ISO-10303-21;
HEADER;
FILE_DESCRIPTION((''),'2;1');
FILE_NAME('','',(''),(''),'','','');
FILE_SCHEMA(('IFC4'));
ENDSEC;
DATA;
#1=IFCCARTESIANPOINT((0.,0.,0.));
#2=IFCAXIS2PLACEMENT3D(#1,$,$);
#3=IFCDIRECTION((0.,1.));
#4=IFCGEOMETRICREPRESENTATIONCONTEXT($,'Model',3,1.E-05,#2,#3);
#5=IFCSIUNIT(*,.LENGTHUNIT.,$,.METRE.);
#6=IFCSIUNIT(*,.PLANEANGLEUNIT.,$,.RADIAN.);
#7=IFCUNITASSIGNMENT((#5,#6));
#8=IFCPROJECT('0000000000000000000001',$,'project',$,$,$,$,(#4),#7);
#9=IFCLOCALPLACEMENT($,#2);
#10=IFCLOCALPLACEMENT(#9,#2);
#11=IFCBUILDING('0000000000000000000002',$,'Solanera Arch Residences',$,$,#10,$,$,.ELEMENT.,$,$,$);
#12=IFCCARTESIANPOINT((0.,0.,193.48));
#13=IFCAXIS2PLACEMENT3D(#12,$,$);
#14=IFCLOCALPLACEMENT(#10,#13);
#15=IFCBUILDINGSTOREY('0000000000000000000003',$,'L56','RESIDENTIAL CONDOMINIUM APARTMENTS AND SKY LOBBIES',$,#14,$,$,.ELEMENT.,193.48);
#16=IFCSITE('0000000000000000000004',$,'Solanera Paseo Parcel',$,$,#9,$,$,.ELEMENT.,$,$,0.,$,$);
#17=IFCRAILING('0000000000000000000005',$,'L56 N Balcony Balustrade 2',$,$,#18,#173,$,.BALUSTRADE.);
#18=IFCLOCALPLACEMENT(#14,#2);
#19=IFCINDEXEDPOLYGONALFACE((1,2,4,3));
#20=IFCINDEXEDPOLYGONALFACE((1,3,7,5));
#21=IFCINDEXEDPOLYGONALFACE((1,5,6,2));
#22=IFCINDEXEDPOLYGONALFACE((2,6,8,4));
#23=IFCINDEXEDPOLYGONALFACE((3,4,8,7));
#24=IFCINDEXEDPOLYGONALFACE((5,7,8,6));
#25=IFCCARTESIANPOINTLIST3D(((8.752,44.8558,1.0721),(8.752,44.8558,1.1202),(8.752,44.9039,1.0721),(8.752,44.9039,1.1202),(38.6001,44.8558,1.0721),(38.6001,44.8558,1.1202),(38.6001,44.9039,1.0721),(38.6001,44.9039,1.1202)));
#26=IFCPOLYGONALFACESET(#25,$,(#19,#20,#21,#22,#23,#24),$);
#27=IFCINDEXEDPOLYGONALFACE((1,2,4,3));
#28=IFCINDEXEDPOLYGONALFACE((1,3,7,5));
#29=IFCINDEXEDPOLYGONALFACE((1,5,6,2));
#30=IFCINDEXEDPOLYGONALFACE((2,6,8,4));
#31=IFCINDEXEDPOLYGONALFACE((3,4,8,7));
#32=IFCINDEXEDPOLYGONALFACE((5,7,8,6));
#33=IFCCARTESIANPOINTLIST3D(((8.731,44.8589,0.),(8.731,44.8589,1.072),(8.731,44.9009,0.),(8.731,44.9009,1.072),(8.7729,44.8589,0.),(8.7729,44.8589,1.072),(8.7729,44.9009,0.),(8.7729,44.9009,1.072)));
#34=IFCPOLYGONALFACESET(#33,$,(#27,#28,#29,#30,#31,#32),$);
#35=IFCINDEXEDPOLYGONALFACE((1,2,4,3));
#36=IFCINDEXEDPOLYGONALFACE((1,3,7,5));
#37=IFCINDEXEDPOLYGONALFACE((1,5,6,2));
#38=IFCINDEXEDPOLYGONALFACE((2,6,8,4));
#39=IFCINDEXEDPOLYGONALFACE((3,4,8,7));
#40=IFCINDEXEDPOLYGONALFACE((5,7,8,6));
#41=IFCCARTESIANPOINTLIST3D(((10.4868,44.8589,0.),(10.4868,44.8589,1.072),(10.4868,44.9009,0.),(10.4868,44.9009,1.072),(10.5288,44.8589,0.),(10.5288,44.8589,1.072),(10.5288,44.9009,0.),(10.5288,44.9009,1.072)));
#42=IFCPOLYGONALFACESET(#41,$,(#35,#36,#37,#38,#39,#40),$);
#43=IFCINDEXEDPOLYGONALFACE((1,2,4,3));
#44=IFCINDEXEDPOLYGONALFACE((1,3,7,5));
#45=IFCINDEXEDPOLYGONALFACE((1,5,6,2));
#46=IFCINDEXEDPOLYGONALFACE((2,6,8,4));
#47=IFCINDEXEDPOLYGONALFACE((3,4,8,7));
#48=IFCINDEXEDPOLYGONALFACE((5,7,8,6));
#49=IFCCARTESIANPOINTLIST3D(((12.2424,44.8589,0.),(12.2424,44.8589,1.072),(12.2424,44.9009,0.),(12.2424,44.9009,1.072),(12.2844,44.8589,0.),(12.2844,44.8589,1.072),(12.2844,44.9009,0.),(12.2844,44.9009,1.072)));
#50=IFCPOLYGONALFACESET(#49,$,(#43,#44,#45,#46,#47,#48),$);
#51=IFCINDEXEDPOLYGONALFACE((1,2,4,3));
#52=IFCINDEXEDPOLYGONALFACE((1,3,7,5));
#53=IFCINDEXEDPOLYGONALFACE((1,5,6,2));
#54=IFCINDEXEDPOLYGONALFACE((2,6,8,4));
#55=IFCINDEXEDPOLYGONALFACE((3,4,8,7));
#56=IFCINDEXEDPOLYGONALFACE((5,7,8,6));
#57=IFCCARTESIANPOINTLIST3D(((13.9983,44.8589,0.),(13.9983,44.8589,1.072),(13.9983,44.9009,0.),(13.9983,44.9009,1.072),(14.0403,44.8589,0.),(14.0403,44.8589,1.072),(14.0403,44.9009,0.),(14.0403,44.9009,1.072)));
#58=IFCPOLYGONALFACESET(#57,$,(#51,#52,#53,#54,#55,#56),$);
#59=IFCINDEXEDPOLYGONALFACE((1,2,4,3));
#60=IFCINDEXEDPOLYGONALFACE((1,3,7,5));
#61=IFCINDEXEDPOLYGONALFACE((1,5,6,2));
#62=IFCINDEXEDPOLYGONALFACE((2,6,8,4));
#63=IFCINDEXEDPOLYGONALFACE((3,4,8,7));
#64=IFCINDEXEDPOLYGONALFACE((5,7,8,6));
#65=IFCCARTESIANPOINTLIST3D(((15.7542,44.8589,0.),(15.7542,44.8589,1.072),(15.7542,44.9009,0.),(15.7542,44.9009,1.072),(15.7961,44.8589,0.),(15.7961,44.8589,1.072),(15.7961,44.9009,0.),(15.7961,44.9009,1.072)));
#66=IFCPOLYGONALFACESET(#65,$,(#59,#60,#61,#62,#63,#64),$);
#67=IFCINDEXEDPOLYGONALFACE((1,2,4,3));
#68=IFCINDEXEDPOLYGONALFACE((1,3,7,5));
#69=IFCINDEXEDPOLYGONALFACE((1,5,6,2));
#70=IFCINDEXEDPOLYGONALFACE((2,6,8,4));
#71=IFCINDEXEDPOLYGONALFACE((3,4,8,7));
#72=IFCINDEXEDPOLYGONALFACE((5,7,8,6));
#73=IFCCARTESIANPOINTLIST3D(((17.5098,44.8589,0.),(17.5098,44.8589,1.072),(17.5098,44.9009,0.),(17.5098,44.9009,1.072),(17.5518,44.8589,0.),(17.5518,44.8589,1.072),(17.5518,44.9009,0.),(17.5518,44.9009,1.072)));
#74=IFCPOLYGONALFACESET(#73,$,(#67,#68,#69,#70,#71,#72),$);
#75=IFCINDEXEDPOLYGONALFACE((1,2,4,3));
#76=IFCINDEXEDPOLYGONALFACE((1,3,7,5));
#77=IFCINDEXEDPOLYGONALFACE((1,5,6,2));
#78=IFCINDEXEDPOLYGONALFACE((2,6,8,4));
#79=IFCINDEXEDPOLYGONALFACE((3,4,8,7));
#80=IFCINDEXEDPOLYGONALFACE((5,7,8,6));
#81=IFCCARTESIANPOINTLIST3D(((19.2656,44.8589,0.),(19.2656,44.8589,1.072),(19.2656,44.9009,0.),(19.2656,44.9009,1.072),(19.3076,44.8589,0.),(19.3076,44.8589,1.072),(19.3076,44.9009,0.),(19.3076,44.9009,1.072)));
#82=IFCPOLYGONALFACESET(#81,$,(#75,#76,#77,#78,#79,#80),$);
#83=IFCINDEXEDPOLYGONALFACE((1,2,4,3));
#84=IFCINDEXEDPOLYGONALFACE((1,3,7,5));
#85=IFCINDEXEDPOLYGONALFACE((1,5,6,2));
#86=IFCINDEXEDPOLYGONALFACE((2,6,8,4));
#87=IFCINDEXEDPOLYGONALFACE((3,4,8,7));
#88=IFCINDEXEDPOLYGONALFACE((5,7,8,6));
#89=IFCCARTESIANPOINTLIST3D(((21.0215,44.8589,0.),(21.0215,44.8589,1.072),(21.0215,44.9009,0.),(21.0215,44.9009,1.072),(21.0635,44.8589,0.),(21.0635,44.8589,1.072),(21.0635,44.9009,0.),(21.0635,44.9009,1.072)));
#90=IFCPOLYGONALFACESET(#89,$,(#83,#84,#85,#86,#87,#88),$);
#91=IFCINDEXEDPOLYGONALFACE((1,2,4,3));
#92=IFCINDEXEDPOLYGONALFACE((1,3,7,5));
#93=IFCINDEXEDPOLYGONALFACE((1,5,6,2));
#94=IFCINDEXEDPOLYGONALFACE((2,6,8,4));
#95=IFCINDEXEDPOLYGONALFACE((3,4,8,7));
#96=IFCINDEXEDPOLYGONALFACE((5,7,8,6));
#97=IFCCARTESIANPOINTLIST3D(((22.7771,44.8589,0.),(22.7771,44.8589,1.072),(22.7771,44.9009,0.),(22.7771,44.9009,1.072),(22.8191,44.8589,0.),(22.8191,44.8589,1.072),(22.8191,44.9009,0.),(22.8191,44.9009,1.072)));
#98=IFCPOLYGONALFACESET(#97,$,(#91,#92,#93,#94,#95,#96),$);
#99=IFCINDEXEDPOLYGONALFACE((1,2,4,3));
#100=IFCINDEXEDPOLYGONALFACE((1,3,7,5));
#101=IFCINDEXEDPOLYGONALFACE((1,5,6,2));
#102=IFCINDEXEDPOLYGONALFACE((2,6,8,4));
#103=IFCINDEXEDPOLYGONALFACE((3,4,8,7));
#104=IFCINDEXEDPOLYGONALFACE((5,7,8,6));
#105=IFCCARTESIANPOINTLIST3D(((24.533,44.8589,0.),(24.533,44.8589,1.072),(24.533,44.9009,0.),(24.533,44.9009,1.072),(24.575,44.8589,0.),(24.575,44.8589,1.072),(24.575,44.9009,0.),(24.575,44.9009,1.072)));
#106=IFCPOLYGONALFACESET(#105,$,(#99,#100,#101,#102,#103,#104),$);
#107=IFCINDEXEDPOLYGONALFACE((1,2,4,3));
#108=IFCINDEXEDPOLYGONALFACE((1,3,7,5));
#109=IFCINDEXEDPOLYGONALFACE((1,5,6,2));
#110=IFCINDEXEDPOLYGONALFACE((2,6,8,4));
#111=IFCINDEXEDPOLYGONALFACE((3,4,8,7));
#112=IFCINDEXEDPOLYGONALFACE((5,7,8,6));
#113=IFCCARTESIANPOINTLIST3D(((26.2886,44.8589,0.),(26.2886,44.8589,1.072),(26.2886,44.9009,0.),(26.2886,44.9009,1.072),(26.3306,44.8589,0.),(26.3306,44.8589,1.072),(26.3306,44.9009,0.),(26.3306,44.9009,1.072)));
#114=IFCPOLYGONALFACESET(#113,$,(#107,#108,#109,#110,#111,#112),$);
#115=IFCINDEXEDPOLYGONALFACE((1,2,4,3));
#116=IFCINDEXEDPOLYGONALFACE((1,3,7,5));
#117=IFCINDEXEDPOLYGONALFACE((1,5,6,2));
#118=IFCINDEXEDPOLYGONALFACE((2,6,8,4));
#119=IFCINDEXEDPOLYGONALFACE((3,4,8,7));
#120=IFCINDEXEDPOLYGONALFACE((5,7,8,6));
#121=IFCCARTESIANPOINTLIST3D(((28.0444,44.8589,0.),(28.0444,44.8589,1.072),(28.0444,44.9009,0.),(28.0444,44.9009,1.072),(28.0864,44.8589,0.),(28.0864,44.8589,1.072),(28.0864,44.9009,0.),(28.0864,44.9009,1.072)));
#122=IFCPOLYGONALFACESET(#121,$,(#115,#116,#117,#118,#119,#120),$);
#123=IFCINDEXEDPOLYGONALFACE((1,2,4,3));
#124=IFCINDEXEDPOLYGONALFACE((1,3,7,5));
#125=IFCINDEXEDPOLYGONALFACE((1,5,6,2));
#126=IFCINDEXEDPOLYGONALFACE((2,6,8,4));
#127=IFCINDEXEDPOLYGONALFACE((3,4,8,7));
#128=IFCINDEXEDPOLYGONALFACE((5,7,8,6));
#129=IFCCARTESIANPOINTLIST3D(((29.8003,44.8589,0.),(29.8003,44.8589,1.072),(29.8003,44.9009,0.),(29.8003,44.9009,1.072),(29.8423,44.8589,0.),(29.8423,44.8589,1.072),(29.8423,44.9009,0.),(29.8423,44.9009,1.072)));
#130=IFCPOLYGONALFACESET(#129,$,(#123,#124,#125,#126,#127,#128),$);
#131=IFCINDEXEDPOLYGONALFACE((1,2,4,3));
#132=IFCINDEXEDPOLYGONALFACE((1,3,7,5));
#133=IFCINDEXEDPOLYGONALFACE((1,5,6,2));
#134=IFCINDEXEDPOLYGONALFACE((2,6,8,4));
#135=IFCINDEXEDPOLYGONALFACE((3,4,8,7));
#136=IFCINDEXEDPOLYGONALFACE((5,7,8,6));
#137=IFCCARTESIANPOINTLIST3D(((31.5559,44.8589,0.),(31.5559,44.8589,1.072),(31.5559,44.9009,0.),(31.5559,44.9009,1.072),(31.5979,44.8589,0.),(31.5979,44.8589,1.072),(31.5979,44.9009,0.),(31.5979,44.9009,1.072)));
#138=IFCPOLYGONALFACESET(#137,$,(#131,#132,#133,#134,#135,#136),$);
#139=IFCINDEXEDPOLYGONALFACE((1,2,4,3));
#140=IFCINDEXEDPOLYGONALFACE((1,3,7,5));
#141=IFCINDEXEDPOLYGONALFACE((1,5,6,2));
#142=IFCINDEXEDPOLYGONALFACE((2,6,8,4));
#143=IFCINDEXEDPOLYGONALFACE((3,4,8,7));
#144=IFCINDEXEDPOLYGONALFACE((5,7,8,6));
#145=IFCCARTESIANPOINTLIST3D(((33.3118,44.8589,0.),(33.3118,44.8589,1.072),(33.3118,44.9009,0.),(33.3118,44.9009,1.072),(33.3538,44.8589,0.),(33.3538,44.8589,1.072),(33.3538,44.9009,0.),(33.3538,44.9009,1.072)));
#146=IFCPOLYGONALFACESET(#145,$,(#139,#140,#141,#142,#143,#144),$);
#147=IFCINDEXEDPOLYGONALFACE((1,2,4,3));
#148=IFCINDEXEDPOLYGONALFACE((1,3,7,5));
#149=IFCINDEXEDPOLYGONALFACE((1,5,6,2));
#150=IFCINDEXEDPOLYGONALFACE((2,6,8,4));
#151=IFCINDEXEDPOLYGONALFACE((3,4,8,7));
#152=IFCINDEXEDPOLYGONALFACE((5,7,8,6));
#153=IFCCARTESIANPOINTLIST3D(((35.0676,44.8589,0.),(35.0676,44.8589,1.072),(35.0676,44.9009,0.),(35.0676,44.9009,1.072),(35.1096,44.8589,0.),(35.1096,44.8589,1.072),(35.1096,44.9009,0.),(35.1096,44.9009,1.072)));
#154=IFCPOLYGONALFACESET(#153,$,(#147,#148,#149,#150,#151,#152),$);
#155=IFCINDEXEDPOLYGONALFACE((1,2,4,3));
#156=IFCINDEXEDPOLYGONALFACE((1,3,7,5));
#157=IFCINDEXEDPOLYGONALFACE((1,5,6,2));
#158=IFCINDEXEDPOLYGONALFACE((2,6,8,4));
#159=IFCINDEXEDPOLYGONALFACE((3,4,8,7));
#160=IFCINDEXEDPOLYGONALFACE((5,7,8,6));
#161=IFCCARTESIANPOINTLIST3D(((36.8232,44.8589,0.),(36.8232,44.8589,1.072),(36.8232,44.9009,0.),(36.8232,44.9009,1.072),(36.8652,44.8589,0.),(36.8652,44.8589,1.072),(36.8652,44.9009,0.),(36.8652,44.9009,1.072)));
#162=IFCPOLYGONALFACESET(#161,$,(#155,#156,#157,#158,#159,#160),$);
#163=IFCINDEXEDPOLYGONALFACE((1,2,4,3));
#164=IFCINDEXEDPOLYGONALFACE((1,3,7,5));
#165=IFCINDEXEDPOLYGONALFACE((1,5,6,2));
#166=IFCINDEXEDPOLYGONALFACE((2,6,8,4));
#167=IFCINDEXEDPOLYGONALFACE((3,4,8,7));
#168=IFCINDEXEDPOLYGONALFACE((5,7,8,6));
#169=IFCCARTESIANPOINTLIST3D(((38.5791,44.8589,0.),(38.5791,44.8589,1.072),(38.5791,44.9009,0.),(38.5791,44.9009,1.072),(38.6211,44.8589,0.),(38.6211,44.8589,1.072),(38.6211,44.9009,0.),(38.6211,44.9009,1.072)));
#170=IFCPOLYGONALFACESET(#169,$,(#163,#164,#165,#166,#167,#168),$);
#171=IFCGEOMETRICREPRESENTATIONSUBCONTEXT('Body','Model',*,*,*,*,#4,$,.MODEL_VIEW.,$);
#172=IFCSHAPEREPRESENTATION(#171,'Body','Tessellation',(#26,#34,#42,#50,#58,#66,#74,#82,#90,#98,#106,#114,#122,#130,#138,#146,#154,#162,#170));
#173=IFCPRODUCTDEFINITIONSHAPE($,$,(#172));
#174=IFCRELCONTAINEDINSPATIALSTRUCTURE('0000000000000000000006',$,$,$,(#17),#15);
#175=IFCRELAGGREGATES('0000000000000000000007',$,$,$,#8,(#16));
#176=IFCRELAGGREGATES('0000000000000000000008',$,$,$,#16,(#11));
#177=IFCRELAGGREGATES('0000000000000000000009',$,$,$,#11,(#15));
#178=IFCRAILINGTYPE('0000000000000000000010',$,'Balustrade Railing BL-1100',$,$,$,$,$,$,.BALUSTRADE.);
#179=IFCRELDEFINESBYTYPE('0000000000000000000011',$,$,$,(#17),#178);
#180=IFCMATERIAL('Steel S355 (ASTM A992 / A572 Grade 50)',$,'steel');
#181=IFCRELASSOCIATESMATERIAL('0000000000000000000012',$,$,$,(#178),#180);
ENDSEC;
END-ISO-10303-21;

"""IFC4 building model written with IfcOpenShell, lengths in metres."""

from ifc_helpers import new_model, si_unit, direction, frame, origin, origin_2d, place, context, subcontext, project, spatial, rectangle, extrude, material, type_object, element, save


model = new_model("IFC4")

# Units and contexts
model_context = context("Model", 3, precision=1e-05, world=origin(), true_north=direction((0.0, 1.0)))
body_context = subcontext(model_context, "Body", "Model", "MODEL_VIEW")
ifc_project = project(units=[si_unit("LENGTHUNIT", "METRE"), si_unit("PLANEANGLEUNIT", "RADIAN")], contexts=[model_context])

# Site, building, storey
site_placement = place(None, origin())
site = spatial("IfcSite", under=ifc_project, at=site_placement, Name="Solanera Paseo Parcel", CompositionType="ELEMENT", RefElevation=0.0)
building_placement = place(site_placement, origin())
building = spatial("IfcBuilding", under=site, at=building_placement, Name="Solanera Arch Residences", CompositionType="ELEMENT")
storey_placement = place(building_placement, frame((0.0, 0.0, 193.48)))
storey = spatial("IfcBuildingStorey", under=building, at=storey_placement, Name="L56", Description="RESIDENTIAL CONDOMINIUM APARTMENTS AND SKY LOBBIES", CompositionType="ELEMENT", Elevation=193.48)

# Railing
ifc_material_1 = material(Name="Steel S355 (ASTM A992 / A572 Grade 50)", Category="steel")
railing_type = type_object("IfcRailingType", Name="Balustrade Railing BL-1100", PredefinedType="BALUSTRADE", material=ifc_material_1)
railing_placement = place(storey_placement, frame((8.752, 44.8799, 0.0)))
element("IfcRailing", 1, at=railing_placement, inside=storey, type_object=railing_type, Name="L56 N Balcony Balustrade 2", PredefinedType="BALUSTRADE", context=body_context, shape_type="SweptSolid", body=[
    extrude(rectangle(XDim=0.0481, YDim=0.0481, at=origin_2d()), frame((0.0, 0.0, 1.0962), z_axis=(1.0, 0.0, 0.0), x_axis=(0.0, 1.0, 0.0)), (0.0, 0.0, 1.0), 29.8481),
    extrude(rectangle(XDim=0.042, YDim=0.042, at=origin_2d()), origin(), (0.0, 0.0, 1.0), 1.072),
    extrude(rectangle(XDim=0.042, YDim=0.042, at=origin_2d()), frame((1.7559, 0.0, 0.0)), (0.0, 0.0, 1.0), 1.072),
    extrude(rectangle(XDim=0.042, YDim=0.042, at=origin_2d()), frame((3.5115, 0.0, 0.0)), (0.0, 0.0, 1.0), 1.072),
    extrude(rectangle(XDim=0.042, YDim=0.042, at=origin_2d()), frame((5.2673, 0.0, 0.0)), (0.0, 0.0, 1.0), 1.072),
    extrude(rectangle(XDim=0.042, YDim=0.042, at=origin_2d()), frame((7.0232, 0.0, 0.0)), (0.0, 0.0, 1.0), 1.072),
    extrude(rectangle(XDim=0.042, YDim=0.042, at=origin_2d()), frame((8.7788, 0.0, 0.0)), (0.0, 0.0, 1.0), 1.072),
    extrude(rectangle(XDim=0.042, YDim=0.042, at=origin_2d()), frame((10.5347, 0.0, 0.0)), (0.0, 0.0, 1.0), 1.072),
    extrude(rectangle(XDim=0.042, YDim=0.042, at=origin_2d()), frame((12.2905, 0.0, 0.0)), (0.0, 0.0, 1.0), 1.072),
    extrude(rectangle(XDim=0.042, YDim=0.042, at=origin_2d()), frame((14.0461, 0.0, 0.0)), (0.0, 0.0, 1.0), 1.072),
    extrude(rectangle(XDim=0.042, YDim=0.042, at=origin_2d()), frame((15.802, 0.0, 0.0)), (0.0, 0.0, 1.0), 1.072),
    extrude(rectangle(XDim=0.042, YDim=0.042, at=origin_2d()), frame((17.5576, 0.0, 0.0)), (0.0, 0.0, 1.0), 1.072),
    extrude(rectangle(XDim=0.042, YDim=0.042, at=origin_2d()), frame((19.3135, 0.0, 0.0)), (0.0, 0.0, 1.0), 1.072),
    extrude(rectangle(XDim=0.042, YDim=0.042, at=origin_2d()), frame((21.0693, 0.0, 0.0)), (0.0, 0.0, 1.0), 1.072),
    extrude(rectangle(XDim=0.042, YDim=0.042, at=origin_2d()), frame((22.825, 0.0, 0.0)), (0.0, 0.0, 1.0), 1.072),
    extrude(rectangle(XDim=0.042, YDim=0.042, at=origin_2d()), frame((24.5808, 0.0, 0.0)), (0.0, 0.0, 1.0), 1.072),
    extrude(rectangle(XDim=0.042, YDim=0.042, at=origin_2d()), frame((26.3367, 0.0, 0.0)), (0.0, 0.0, 1.0), 1.072),
    extrude(rectangle(XDim=0.042, YDim=0.042, at=origin_2d()), frame((28.0923, 0.0, 0.0)), (0.0, 0.0, 1.0), 1.072),
    extrude(rectangle(XDim=0.042, YDim=0.042, at=origin_2d()), frame((29.8481, 0.0, 0.0)), (0.0, 0.0, 1.0), 1.072),
])

save(model, "model.ifc")
